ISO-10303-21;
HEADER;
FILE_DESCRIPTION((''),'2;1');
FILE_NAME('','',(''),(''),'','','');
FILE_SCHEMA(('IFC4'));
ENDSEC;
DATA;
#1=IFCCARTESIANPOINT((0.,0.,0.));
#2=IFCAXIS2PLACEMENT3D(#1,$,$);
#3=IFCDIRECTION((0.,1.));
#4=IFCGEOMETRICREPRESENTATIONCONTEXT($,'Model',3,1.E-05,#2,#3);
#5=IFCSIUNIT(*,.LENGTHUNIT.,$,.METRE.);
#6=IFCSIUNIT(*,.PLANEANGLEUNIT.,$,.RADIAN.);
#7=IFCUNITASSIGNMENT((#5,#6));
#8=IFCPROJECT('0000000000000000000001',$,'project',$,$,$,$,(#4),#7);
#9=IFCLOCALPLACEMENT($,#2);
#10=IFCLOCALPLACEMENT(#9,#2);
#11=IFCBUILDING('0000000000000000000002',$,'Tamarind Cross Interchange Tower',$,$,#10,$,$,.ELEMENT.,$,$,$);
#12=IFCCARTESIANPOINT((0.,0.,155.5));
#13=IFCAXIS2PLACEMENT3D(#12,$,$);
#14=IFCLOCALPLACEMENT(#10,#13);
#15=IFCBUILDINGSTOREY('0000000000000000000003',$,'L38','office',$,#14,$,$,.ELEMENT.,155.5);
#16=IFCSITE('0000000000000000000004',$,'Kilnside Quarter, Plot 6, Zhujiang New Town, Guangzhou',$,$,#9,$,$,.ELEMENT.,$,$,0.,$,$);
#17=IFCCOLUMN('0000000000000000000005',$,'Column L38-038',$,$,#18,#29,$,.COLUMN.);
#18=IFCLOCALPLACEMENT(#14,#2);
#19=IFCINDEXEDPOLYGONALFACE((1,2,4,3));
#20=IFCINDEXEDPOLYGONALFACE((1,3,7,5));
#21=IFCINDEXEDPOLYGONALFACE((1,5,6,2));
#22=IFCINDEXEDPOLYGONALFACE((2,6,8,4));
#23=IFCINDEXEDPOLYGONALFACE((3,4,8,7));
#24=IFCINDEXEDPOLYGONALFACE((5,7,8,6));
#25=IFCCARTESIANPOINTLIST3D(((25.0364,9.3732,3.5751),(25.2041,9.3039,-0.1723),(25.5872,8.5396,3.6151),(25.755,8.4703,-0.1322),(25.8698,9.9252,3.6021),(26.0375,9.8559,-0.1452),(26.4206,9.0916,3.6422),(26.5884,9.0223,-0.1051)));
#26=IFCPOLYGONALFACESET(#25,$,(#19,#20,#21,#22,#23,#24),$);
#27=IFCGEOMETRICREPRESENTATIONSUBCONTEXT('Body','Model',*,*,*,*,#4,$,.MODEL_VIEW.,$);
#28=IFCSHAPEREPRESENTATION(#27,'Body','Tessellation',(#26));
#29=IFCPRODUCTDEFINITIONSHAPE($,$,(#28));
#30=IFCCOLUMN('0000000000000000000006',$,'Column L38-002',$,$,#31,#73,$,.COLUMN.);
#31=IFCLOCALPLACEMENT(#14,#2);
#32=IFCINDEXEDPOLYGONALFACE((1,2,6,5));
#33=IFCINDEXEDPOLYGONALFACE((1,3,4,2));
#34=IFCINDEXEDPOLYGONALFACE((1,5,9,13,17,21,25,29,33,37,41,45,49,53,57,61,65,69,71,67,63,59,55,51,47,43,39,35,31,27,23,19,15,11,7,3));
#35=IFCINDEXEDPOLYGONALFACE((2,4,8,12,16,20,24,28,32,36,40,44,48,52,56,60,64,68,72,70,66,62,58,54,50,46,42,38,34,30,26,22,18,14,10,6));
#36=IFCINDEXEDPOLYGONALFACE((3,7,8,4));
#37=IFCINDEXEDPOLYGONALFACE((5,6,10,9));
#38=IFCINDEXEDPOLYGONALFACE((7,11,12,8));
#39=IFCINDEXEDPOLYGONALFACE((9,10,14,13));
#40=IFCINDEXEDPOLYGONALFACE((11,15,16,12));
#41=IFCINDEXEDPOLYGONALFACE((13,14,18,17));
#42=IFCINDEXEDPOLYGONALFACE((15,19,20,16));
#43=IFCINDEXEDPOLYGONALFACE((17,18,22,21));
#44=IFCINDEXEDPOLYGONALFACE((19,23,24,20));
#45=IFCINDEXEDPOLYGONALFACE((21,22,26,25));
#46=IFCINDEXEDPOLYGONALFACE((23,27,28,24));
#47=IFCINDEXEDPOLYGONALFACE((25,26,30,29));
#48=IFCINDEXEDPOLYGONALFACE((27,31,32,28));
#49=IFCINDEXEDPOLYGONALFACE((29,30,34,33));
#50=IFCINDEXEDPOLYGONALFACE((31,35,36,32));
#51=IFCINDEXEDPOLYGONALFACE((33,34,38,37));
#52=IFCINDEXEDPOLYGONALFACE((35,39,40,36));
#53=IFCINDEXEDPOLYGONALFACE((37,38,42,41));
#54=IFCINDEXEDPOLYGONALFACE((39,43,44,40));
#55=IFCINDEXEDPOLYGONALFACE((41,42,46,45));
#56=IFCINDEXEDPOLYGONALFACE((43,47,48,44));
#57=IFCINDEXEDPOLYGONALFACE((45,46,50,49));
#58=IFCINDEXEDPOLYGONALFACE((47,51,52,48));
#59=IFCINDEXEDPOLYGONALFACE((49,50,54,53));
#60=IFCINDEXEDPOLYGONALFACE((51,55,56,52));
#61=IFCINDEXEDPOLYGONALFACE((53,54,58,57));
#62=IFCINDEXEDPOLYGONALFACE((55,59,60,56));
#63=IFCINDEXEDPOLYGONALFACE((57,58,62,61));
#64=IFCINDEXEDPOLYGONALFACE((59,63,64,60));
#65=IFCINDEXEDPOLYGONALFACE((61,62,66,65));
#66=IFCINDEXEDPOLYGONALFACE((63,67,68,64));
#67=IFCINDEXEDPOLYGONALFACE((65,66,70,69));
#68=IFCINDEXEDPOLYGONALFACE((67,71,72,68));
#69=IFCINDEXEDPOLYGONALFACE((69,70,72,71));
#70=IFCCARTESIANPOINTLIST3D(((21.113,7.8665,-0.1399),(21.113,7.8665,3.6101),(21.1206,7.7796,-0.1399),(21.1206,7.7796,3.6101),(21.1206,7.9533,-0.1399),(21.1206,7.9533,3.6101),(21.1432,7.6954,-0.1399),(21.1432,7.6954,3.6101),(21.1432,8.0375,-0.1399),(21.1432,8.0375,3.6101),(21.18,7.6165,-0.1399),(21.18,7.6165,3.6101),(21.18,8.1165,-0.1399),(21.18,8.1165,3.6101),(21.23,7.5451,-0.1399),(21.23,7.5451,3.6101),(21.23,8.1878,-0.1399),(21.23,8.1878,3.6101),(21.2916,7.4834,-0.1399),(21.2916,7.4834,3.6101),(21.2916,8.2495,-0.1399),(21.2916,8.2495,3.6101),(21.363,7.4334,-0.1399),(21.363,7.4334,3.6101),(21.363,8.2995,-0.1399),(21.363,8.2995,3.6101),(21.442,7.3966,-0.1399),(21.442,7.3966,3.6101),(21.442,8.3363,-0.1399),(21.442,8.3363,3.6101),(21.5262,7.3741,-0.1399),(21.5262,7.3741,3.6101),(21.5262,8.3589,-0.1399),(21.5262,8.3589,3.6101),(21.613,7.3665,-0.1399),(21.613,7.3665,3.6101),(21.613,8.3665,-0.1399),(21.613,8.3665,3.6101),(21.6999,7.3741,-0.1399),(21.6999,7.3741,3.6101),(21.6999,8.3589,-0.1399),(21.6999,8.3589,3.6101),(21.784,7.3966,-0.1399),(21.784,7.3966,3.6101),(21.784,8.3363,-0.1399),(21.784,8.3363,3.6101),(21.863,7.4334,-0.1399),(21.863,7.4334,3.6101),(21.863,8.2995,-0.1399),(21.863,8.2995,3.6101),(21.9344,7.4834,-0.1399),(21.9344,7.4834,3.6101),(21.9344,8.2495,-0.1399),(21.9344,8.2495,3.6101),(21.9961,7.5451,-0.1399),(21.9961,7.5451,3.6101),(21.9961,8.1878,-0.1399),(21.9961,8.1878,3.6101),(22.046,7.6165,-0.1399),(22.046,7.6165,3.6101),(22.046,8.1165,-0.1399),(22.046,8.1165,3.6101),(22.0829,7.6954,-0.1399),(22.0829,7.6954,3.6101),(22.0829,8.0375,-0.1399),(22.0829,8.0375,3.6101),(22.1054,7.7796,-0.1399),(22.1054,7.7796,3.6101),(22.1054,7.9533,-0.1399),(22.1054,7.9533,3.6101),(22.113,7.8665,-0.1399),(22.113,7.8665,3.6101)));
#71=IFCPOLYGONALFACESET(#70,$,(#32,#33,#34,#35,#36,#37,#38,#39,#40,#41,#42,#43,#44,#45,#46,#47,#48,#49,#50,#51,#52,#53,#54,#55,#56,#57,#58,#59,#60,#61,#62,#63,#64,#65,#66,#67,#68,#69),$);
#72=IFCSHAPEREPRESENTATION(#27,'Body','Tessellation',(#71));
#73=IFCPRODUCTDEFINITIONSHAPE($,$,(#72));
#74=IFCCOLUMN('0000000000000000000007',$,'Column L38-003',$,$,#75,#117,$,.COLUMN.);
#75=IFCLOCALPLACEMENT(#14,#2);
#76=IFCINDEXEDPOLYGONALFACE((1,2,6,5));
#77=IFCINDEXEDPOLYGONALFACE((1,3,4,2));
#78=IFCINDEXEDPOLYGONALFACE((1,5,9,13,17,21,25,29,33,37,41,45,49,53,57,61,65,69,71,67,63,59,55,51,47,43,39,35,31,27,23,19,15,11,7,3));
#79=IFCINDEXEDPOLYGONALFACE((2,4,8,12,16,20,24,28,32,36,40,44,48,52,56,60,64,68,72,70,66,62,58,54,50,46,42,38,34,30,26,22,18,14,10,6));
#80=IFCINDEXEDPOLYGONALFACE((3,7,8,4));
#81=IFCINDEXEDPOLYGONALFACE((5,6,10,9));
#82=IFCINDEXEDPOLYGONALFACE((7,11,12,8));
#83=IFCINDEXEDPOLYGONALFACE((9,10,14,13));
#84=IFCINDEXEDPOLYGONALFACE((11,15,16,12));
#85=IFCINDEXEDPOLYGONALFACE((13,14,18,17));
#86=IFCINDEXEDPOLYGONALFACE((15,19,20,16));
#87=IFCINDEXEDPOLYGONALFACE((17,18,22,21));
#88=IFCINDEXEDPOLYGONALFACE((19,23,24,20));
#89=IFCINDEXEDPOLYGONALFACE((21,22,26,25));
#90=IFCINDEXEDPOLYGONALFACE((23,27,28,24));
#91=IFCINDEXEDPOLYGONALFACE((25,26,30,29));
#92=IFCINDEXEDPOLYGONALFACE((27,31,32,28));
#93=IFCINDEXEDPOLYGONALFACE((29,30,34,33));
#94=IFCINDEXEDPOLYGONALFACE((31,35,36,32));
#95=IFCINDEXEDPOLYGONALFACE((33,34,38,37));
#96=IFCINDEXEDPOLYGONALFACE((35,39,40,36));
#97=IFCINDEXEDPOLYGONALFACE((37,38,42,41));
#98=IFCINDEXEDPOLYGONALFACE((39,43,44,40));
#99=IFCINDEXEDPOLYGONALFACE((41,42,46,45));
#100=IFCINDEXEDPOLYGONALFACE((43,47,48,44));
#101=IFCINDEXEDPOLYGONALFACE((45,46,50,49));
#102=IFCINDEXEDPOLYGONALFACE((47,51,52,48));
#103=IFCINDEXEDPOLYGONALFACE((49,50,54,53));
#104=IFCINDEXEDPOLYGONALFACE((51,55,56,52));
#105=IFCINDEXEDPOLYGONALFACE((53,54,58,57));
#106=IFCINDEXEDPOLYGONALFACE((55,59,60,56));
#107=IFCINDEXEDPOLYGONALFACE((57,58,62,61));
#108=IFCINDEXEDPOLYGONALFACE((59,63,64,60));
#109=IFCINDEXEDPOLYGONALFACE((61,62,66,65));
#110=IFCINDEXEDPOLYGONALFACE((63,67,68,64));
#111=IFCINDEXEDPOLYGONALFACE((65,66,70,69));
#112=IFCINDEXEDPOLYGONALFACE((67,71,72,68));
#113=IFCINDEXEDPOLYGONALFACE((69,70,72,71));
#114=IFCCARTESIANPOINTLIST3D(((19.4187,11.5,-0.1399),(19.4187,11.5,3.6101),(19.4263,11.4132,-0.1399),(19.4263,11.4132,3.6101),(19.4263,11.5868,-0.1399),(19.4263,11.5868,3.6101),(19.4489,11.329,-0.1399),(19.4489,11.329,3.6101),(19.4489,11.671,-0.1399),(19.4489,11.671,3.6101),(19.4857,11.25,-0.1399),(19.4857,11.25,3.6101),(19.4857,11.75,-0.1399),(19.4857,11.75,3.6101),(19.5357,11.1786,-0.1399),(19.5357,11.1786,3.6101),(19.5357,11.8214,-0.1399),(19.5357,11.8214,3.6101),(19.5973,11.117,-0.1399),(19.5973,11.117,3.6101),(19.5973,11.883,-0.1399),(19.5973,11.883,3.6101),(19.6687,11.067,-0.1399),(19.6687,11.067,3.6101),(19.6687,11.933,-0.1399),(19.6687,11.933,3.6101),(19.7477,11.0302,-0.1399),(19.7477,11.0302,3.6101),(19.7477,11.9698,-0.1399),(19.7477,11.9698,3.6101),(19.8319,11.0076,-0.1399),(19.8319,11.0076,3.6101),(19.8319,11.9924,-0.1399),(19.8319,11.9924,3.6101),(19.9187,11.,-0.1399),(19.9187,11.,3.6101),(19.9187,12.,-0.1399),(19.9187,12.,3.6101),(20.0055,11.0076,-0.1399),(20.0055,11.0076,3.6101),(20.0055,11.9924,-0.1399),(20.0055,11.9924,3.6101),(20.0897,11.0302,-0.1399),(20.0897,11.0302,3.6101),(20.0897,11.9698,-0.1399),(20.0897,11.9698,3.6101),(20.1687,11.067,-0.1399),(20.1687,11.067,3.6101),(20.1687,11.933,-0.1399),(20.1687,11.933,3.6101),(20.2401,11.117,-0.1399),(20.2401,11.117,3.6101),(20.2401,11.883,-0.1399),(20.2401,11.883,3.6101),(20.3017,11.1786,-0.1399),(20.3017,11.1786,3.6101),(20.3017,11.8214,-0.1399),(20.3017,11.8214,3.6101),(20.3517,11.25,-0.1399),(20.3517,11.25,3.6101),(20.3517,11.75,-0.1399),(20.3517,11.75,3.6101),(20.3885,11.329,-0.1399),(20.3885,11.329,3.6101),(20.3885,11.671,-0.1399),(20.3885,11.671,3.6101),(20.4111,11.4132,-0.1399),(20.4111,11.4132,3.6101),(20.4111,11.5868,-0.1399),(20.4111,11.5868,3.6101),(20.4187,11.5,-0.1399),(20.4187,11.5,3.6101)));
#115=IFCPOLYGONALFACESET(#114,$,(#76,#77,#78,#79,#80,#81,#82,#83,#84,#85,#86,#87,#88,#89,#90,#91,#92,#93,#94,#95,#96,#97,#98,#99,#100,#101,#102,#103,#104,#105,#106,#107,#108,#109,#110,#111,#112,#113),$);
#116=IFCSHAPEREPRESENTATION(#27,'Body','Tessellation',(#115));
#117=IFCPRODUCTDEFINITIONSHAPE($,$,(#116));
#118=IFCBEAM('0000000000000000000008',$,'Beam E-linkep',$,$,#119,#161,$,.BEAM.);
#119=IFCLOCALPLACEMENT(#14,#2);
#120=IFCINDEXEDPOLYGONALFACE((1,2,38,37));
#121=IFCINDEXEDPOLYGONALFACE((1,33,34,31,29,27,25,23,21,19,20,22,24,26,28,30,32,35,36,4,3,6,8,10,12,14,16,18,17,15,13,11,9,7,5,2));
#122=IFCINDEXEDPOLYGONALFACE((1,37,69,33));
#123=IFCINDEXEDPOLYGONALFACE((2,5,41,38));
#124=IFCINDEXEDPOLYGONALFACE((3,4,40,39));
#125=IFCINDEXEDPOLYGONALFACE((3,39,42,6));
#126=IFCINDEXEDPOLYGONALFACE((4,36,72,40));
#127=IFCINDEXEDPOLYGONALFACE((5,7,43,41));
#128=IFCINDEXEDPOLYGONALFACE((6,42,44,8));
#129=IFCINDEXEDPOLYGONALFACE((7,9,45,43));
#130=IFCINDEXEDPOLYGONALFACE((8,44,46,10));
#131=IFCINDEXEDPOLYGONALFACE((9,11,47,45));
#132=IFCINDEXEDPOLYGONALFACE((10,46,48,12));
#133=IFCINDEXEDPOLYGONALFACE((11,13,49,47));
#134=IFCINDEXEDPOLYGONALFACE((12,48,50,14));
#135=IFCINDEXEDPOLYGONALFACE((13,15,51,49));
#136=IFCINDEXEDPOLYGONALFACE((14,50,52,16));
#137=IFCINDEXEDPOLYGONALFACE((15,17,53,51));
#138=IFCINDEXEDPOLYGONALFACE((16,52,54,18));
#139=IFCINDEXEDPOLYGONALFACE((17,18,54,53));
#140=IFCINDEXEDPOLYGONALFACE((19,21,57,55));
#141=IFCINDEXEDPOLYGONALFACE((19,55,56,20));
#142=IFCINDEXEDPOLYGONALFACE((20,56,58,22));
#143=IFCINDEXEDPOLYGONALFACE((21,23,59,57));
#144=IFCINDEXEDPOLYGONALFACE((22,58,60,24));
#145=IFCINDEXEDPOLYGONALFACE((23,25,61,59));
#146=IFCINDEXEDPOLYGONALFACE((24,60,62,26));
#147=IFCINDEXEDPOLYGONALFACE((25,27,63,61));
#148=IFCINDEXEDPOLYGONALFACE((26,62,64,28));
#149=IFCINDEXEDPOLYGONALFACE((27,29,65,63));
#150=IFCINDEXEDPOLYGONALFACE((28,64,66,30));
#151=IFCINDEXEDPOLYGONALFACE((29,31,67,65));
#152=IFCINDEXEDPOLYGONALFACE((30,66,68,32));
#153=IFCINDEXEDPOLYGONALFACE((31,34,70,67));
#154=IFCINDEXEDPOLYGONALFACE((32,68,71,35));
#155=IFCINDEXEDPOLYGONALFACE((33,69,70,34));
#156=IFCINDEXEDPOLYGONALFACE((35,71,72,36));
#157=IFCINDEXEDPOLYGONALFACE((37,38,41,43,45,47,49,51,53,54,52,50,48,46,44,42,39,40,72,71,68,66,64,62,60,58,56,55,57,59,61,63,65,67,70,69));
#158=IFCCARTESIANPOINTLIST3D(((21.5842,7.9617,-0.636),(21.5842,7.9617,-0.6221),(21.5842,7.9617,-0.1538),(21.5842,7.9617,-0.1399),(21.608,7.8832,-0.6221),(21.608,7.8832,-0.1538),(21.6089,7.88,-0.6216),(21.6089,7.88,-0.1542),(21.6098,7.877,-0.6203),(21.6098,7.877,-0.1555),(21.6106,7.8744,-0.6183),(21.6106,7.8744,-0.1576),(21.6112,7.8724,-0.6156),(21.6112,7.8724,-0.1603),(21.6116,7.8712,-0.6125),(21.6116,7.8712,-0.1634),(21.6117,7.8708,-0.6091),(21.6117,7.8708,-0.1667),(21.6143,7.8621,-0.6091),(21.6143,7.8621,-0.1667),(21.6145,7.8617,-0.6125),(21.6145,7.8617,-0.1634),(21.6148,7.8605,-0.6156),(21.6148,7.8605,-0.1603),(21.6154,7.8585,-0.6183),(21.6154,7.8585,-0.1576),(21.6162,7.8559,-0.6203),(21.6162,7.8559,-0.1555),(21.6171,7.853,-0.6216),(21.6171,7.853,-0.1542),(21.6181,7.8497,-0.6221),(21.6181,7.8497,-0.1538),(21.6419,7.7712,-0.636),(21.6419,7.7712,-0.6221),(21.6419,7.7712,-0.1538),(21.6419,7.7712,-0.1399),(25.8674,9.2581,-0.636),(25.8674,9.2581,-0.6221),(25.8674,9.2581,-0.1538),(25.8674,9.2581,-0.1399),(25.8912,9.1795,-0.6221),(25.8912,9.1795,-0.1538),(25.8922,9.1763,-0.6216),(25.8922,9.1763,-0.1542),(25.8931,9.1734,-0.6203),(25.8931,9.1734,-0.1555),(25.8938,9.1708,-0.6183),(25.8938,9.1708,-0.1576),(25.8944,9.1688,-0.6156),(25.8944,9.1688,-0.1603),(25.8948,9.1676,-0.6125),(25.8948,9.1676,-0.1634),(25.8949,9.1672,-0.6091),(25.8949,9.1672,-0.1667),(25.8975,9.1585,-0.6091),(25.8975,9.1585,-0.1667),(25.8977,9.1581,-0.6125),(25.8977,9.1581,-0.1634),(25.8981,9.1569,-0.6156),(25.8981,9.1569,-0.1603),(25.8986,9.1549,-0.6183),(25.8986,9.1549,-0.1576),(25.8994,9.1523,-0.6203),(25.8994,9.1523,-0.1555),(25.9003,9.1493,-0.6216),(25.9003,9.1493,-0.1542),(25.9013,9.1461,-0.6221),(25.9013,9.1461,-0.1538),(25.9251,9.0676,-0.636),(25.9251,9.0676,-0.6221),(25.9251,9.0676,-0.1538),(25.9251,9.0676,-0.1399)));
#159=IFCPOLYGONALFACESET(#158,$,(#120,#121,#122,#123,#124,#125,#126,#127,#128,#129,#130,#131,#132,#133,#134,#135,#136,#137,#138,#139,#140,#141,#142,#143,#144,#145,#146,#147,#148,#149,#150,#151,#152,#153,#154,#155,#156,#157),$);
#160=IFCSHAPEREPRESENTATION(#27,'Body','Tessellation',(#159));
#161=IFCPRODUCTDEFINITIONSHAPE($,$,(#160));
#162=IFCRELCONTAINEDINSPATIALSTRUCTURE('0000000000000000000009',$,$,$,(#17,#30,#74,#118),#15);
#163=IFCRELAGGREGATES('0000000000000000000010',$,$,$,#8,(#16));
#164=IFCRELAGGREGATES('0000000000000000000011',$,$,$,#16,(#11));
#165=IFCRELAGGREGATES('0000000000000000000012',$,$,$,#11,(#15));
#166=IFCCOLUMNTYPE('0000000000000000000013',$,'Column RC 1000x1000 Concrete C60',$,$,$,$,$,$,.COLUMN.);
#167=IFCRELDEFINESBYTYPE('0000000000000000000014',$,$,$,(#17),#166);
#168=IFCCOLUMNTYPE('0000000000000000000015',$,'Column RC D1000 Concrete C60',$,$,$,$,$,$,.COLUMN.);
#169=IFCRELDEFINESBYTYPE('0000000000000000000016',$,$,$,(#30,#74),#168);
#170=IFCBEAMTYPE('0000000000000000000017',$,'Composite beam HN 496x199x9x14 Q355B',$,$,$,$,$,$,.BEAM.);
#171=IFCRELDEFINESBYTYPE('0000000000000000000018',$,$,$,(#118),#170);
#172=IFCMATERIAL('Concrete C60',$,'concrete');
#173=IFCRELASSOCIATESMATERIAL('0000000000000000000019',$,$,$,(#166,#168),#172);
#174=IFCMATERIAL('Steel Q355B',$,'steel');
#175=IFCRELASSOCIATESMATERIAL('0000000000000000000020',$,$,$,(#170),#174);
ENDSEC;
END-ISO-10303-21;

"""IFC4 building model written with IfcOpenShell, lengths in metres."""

from ifc_helpers import new_model, si_unit, direction, frame, origin, origin_2d, place, context, subcontext, project, spatial, rectangle, circle, i_section, extrude, material, material_profile, profile_set, type_object, element, save


model = new_model("IFC4")

# Units and contexts
model_context = context("Model", 3, precision=1e-05, world=origin(), true_north=direction((0.0, 1.0)))
body_context = subcontext(model_context, "Body", "Model", "MODEL_VIEW")
ifc_project = project(units=[si_unit("LENGTHUNIT", "METRE"), si_unit("PLANEANGLEUNIT", "RADIAN")], contexts=[model_context])

# Site, building, storey
site_placement = place(None, origin())
site = spatial("IfcSite", under=ifc_project, at=site_placement, Name="Kilnside Quarter, Plot 6, Zhujiang New Town, Guangzhou", CompositionType="ELEMENT", RefElevation=0.0)
building_placement = place(site_placement, origin())
building = spatial("IfcBuilding", under=site, at=building_placement, Name="Tamarind Cross Interchange Tower", CompositionType="ELEMENT")
storey_placement = place(building_placement, frame((0.0, 0.0, 155.5)))
storey = spatial("IfcBuildingStorey", under=building, at=storey_placement, Name="L38", Description="office", CompositionType="ELEMENT", Elevation=155.5)

# Columns
ifc_material_1 = material(Name="Concrete C60", Category="concrete")
ifc_material_profile_1 = material_profile(ifc_material_1, rectangle(XDim=1.0, YDim=1.0, at=origin_2d()), Name="RC 1000x1000")
ifc_profile_set_1 = profile_set([ifc_material_profile_1], Name="Concrete C60")
column_type_1 = type_object("IfcColumnType", Name="Column RC 1000x1000 Concrete C60", PredefinedType="COLUMN", material=ifc_profile_set_1)
column_placement = place(storey_placement, frame((25.8962, 9.1631, -0.1387), z_axis=(-0.044706, 0.018481, 0.998829), x_axis=(0.550856, -0.833637, 0.04008)))
element("IfcColumn", 1, at=column_placement, inside=storey, type_object=column_type_1, Name="Column L38-038", PredefinedType="COLUMN", context=body_context, shape_type="SweptSolid", body=[
    extrude(rectangle(XDim=1.0, YDim=1.0, at=origin_2d()), origin(), (0.0, 0.0, 1.0), 3.7517),
])
ifc_material_profile_2 = material_profile(ifc_material_1, circle(Radius=0.5, at=origin_2d()), Name="RC D1000")
ifc_profile_set_2 = profile_set([ifc_material_profile_2], Name="Concrete C60")
column_type_2 = type_object("IfcColumnType", Name="Column RC D1000 Concrete C60", PredefinedType="COLUMN", material=ifc_profile_set_2)
for number, where, z_axis, x_axis, name in (
    (2, (21.613, 7.8665, -0.1399), (0.0, 0.0, 1.0), (1.0, 0.0, 0.0), "Column L38-002"),
    (3, (19.9187, 11.5, -0.1399), (0.0, 0.0, 1.0), (1.0, 0.0, 0.0), "Column L38-003"),
):
    element("IfcColumn", number, at=place(storey_placement, frame(where, z_axis=z_axis, x_axis=x_axis)), inside=storey, type_object=column_type_2, Name=name, PredefinedType="COLUMN", context=body_context, shape_type="SweptSolid", body=[
        extrude(circle(Radius=0.5, at=origin_2d()), origin(), (0.0, 0.0, 1.0), 3.75),
    ])

# Beam
ifc_material_2 = material(Name="Steel Q355B", Category="steel")
ifc_material_profile_3 = material_profile(ifc_material_2, i_section(OverallWidth=0.199, OverallDepth=0.4961, WebThickness=0.009, FlangeThickness=0.0139, FilletRadius=0.0129, at=origin_2d()), Name="HN 496x199x9x14")
ifc_profile_set_3 = profile_set([ifc_material_profile_3], Name="Steel Q355B")
beam_type_1 = type_object("IfcBeamType", Name="Composite beam HN 496x199x9x14 Q355B", PredefinedType="BEAM", material=ifc_profile_set_3)
beam_1_placement = place(storey_placement, frame((25.8962, 9.1628, -0.3879), z_axis=(-0.957121, -0.289689, 0.0), x_axis=(0.289689, -0.957121, 0.0)))
element("IfcBeam", 4, at=beam_1_placement, inside=storey, type_object=beam_type_1, Name="Beam E-linkep", PredefinedType="BEAM", context=body_context, shape_type="SweptSolid", body=[
    extrude(i_section(OverallWidth=0.199, OverallDepth=0.4961, WebThickness=0.009, FlangeThickness=0.0139, FilletRadius=0.0129, at=origin_2d()), origin(), (0.0, 0.0, 1.0), 4.4751),
])

save(model, "model.ifc")
